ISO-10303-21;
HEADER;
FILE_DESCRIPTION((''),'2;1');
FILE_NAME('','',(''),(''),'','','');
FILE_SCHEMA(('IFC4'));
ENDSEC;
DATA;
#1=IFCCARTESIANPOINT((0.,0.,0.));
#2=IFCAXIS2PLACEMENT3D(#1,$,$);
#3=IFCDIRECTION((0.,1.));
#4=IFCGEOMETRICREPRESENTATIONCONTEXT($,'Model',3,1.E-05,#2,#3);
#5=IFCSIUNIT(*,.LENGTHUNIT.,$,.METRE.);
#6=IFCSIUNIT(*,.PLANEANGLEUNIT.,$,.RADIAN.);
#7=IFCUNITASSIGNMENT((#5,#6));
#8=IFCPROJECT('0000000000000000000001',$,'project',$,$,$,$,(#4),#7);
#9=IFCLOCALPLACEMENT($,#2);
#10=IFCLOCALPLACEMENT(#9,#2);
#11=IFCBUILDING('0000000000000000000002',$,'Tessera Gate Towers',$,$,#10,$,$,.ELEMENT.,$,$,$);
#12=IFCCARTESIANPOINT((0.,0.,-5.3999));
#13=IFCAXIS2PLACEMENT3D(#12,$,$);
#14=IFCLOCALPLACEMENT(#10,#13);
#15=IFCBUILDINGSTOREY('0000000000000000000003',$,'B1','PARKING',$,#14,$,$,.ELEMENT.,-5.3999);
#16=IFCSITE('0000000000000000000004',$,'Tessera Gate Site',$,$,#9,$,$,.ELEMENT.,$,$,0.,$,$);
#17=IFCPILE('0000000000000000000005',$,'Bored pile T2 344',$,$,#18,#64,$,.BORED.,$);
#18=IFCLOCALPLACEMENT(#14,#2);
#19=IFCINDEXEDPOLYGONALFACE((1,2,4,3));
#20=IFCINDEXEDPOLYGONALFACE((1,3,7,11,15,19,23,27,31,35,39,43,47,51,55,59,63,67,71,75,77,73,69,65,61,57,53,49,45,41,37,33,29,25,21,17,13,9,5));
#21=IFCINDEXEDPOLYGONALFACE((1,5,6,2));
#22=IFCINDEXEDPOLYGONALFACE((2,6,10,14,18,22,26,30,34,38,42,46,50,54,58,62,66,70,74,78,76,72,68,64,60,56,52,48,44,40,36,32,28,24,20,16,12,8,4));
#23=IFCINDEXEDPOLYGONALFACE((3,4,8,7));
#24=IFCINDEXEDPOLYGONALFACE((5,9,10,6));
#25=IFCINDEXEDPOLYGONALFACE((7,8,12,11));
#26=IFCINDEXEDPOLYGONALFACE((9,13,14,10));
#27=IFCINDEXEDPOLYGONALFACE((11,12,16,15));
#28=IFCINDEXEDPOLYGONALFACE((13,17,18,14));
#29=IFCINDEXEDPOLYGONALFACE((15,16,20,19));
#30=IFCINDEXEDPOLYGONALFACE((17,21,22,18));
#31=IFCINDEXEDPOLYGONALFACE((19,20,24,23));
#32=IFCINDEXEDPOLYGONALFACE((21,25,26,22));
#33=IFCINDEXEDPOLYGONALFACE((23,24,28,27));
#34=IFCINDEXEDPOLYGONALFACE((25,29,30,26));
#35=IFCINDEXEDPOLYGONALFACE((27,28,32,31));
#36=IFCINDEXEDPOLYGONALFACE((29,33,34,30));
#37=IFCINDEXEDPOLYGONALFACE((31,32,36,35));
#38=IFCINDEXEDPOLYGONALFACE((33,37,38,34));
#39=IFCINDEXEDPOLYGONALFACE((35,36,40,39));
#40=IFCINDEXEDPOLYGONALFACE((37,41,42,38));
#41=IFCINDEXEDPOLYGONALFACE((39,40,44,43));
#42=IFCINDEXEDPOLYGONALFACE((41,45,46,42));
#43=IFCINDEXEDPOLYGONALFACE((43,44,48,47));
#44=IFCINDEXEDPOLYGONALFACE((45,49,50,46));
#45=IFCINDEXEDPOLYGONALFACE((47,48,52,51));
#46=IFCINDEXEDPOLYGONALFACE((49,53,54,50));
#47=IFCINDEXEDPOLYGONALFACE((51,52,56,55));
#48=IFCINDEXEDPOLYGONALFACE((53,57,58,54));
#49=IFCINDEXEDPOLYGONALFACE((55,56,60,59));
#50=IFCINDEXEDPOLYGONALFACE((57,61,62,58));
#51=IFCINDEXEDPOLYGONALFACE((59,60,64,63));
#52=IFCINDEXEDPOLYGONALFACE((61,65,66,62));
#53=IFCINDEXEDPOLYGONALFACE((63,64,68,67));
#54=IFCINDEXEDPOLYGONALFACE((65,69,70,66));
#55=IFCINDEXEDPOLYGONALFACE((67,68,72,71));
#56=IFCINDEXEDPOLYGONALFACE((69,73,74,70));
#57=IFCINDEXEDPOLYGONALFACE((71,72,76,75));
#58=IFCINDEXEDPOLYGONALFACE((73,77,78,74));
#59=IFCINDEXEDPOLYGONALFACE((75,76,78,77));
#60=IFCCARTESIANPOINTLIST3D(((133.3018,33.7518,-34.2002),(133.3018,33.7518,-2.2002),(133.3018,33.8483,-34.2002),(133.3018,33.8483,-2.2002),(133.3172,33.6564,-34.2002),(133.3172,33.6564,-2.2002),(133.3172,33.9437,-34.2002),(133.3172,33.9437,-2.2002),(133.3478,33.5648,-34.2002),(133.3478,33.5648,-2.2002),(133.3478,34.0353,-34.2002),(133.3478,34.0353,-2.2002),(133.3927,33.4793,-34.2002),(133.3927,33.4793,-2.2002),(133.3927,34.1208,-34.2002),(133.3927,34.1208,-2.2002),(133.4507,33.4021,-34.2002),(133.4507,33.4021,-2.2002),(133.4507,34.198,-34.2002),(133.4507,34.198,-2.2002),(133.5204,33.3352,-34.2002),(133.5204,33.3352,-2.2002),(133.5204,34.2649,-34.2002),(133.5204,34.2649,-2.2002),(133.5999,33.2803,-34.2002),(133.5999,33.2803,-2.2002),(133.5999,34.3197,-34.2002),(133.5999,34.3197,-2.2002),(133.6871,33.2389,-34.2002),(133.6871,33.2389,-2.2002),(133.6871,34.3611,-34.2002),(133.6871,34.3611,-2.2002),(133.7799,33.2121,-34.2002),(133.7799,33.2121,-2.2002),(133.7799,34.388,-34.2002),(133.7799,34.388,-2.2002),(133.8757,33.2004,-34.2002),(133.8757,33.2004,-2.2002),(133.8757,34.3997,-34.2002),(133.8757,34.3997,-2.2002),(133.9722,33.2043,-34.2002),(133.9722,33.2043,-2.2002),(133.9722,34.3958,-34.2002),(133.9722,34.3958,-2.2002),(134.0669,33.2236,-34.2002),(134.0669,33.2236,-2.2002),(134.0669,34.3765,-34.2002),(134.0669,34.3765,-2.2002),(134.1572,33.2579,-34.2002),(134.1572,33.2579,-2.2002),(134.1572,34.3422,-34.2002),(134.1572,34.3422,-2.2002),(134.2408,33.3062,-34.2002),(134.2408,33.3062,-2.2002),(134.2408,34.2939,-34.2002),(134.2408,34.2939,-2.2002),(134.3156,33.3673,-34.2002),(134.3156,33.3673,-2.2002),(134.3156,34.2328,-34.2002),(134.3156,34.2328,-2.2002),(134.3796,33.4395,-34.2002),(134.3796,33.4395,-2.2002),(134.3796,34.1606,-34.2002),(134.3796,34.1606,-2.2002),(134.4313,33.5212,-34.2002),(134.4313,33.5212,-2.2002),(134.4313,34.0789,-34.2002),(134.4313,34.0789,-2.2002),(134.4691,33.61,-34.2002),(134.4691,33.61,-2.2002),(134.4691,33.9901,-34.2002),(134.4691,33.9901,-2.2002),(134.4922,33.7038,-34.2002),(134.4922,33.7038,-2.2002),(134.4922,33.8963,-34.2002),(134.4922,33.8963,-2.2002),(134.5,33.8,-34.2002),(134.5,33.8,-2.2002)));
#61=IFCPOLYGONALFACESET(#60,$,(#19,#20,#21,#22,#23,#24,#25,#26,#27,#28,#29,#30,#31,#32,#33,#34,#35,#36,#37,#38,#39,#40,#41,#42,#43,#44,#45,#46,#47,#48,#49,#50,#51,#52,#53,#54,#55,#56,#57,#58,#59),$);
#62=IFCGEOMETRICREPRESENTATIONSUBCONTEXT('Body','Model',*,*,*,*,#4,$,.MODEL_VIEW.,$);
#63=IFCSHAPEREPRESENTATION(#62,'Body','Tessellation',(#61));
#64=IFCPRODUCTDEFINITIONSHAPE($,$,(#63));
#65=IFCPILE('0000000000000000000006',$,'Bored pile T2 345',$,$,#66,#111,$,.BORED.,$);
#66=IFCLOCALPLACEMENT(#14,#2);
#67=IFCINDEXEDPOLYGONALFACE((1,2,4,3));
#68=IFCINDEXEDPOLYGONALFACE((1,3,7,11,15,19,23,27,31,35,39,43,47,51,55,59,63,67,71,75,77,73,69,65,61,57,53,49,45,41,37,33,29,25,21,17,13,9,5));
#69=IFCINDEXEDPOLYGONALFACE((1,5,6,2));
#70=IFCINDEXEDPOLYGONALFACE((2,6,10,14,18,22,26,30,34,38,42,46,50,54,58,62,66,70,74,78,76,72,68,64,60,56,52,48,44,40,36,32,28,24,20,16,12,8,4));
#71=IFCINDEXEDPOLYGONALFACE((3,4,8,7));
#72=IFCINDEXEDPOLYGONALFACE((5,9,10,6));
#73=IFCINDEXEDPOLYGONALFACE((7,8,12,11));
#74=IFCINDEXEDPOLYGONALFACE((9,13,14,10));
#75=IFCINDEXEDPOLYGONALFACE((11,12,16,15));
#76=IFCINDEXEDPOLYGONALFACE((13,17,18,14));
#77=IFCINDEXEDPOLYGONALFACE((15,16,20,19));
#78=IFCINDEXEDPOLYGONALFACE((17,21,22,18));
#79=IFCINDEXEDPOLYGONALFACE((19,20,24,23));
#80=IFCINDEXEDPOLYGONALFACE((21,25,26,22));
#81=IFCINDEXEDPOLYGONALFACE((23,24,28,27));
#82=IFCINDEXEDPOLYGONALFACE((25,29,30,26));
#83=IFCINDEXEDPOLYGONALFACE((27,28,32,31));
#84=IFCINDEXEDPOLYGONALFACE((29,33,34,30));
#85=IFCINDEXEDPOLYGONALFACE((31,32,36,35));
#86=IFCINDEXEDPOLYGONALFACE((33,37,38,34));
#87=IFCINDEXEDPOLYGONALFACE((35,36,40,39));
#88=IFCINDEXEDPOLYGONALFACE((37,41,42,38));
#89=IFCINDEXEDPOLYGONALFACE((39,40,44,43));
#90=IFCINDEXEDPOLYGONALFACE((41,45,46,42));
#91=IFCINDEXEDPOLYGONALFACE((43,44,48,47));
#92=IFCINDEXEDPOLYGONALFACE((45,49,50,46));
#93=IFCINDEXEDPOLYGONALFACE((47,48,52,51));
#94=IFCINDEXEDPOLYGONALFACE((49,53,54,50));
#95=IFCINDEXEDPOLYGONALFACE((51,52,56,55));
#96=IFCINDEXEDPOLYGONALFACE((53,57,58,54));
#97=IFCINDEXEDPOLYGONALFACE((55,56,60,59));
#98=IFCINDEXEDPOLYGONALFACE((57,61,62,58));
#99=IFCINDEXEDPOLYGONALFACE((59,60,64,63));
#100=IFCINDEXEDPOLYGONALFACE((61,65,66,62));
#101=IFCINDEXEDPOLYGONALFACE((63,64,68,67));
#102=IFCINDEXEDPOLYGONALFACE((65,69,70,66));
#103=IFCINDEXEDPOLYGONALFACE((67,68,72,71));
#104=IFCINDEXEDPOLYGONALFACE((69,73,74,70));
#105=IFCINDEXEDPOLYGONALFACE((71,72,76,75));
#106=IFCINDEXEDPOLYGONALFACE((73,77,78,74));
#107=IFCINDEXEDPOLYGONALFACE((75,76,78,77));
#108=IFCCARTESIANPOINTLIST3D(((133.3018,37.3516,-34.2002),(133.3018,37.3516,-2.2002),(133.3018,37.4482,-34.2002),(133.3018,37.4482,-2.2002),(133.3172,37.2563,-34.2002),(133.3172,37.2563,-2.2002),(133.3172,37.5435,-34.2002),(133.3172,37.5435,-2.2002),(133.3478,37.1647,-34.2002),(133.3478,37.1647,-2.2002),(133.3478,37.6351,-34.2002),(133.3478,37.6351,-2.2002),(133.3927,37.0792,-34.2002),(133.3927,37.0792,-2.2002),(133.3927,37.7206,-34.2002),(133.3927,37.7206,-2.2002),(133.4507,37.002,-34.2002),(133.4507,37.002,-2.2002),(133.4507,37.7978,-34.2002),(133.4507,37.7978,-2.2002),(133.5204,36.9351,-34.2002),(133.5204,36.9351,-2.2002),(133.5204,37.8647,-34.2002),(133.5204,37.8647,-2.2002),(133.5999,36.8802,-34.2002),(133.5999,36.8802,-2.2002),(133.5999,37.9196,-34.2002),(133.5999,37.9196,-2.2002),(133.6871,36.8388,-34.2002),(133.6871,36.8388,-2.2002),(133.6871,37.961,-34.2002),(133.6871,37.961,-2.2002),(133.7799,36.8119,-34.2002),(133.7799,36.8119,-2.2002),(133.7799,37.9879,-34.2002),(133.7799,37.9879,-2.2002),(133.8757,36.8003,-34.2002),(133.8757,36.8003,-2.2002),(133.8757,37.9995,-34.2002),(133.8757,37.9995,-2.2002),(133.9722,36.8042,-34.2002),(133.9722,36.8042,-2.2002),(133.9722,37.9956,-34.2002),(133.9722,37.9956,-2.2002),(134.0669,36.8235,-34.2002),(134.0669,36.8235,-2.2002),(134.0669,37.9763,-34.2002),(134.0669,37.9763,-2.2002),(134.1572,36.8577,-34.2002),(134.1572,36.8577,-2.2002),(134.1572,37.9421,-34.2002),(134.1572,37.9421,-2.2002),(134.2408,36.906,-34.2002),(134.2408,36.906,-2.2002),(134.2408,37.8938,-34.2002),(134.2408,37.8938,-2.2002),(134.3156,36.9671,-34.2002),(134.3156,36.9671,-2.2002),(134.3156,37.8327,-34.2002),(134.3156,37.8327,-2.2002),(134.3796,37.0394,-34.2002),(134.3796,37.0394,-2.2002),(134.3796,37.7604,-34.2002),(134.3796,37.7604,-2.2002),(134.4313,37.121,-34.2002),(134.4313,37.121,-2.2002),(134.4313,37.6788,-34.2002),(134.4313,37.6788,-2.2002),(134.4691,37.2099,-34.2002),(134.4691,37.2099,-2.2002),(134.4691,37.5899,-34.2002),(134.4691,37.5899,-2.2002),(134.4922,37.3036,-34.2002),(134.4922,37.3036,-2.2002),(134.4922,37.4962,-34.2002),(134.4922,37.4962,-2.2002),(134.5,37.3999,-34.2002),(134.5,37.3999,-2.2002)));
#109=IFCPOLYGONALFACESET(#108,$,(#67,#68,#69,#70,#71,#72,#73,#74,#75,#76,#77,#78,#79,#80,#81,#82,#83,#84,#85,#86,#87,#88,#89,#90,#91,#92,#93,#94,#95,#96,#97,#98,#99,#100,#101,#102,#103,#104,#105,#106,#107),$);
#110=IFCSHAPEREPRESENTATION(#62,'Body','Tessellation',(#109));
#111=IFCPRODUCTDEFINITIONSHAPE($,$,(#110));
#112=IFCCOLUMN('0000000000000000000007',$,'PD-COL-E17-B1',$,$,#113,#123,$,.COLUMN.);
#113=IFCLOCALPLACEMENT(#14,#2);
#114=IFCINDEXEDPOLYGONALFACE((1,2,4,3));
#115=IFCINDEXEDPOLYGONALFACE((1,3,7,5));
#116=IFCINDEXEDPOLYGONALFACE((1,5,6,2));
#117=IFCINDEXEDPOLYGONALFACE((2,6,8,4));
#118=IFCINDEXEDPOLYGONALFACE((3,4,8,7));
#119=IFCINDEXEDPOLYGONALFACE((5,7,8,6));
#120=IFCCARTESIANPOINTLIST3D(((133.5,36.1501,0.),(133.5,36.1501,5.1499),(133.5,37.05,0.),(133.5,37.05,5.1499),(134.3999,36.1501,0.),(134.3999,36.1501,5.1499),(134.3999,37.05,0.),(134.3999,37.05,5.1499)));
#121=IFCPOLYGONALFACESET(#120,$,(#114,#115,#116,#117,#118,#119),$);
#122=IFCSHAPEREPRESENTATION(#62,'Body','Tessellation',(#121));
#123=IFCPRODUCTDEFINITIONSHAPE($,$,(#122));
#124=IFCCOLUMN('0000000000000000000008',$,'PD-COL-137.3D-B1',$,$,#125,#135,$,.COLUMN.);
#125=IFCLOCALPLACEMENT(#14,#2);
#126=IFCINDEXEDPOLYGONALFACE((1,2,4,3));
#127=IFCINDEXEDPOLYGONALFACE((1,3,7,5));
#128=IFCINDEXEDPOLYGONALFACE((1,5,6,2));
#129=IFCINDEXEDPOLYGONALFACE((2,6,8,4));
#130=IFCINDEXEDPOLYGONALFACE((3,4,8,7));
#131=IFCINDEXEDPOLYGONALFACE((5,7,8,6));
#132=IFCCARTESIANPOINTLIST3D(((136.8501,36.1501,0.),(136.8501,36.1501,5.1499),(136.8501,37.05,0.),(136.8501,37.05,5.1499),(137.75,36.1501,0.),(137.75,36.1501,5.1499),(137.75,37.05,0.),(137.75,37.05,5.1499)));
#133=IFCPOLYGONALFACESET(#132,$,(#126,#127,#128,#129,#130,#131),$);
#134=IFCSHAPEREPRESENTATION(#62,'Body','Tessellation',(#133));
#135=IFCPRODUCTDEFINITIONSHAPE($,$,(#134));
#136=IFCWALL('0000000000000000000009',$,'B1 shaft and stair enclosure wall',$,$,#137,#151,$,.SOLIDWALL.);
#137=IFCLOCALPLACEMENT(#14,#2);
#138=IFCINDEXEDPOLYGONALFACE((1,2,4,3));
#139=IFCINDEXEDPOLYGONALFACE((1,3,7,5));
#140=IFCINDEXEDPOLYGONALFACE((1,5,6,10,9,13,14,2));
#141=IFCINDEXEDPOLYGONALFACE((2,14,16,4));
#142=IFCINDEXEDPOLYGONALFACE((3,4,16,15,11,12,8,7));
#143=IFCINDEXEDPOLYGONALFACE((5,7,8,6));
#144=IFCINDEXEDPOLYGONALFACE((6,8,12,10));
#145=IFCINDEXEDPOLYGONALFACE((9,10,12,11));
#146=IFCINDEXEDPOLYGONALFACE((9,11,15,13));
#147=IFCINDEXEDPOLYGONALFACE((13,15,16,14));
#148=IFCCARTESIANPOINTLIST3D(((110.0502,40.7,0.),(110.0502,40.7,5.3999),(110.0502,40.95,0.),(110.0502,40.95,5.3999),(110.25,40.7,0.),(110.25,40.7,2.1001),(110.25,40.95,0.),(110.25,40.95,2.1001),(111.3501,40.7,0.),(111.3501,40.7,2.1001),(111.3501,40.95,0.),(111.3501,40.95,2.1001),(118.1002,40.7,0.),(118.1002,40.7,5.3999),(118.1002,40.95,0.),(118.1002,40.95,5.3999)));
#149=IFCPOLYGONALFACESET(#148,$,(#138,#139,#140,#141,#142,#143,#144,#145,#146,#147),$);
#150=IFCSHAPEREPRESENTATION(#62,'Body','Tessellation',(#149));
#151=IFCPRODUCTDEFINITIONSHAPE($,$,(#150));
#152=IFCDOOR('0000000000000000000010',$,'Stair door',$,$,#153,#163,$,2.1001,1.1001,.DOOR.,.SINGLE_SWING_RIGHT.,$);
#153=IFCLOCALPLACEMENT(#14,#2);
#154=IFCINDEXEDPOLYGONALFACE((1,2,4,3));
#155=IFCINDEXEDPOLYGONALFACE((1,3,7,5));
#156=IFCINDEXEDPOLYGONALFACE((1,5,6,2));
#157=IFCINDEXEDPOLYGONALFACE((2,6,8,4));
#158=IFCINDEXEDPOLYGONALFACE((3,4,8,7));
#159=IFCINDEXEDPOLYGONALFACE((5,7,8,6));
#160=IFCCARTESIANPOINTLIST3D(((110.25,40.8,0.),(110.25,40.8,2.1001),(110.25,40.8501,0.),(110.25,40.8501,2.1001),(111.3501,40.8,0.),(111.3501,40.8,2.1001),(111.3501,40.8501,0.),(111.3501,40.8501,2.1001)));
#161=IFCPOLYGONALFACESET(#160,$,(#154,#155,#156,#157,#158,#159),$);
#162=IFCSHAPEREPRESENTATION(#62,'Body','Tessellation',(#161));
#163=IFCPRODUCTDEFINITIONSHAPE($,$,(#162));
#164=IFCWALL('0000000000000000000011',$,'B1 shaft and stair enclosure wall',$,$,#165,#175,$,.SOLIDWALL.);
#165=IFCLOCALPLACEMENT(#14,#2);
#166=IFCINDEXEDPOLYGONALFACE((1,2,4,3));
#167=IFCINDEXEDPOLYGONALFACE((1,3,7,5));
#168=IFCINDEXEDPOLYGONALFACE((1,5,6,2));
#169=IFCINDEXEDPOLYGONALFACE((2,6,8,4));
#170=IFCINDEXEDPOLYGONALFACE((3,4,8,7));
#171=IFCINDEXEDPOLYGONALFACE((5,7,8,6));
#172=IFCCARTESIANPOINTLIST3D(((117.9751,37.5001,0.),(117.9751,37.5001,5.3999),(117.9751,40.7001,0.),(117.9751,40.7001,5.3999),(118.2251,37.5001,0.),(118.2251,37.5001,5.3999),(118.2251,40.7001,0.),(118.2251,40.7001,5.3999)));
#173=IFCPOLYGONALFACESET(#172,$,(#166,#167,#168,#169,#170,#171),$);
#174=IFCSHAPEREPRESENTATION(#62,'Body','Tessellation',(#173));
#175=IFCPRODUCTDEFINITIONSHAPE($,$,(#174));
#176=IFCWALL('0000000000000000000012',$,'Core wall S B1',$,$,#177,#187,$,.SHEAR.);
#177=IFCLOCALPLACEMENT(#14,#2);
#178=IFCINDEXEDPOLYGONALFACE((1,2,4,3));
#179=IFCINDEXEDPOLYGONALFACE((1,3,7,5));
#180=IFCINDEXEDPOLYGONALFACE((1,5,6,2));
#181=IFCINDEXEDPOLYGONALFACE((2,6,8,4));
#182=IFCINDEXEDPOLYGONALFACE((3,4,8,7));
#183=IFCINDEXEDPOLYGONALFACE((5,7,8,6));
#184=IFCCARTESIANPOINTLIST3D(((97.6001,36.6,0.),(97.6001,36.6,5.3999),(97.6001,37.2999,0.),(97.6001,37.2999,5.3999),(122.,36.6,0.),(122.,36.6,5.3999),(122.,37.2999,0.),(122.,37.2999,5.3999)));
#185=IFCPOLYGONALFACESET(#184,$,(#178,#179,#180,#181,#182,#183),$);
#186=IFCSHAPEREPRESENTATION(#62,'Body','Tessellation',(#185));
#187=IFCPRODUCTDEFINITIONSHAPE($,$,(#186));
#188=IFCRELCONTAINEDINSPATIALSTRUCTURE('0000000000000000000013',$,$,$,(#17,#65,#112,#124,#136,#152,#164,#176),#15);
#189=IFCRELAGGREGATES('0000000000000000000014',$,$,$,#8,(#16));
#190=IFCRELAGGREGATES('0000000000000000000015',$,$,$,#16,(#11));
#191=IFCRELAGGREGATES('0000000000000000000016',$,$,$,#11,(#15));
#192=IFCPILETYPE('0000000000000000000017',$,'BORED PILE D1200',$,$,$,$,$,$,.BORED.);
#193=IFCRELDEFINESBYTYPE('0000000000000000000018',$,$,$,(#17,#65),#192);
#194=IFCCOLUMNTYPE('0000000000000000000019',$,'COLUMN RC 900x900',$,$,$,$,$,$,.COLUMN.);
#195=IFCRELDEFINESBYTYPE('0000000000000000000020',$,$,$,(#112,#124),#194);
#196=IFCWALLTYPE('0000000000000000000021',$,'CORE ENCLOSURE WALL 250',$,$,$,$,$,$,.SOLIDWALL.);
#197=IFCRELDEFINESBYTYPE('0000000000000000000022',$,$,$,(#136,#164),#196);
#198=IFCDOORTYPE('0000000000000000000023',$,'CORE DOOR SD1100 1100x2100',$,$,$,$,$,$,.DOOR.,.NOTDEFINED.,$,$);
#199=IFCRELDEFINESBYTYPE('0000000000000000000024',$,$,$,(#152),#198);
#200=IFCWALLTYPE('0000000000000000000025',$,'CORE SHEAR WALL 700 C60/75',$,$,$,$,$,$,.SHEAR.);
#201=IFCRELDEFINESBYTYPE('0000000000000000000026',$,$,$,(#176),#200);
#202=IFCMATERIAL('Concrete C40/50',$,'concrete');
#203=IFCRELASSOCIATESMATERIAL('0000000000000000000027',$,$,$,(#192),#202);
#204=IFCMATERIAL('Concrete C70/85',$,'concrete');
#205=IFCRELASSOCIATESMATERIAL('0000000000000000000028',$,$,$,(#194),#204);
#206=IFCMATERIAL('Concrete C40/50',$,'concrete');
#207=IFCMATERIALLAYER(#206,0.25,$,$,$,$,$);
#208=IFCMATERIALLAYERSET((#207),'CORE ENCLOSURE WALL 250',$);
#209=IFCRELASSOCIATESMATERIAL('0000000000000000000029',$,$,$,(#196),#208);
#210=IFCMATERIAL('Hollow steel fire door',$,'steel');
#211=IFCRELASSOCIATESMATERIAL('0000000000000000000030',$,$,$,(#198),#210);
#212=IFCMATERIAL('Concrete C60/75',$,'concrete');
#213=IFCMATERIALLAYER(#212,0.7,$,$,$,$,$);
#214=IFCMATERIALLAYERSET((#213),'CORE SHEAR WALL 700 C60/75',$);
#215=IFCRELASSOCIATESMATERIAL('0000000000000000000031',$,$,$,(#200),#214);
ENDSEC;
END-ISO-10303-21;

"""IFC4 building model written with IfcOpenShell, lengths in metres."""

from ifc_helpers import new_model, si_unit, direction, frame, frame_2d, origin, origin_2d, place, context, subcontext, project, spatial, rectangle, circle, extrude, source, transform, mapped, material, layer, layer_set, material_profile, profile_set, type_object, element, fill, save


model = new_model("IFC4")

# Units and contexts
model_context = context("Model", 3, precision=1e-05, world=origin(), true_north=direction((0.0, 1.0)))
body_context = subcontext(model_context, "Body", "Model", "MODEL_VIEW")
ifc_project = project(units=[si_unit("LENGTHUNIT", "METRE"), si_unit("PLANEANGLEUNIT", "RADIAN")], contexts=[model_context])

# Site, building, storey
site_placement = place(None, origin())
site = spatial("IfcSite", under=ifc_project, at=site_placement, Name="Tessera Gate Site", CompositionType="ELEMENT", RefElevation=0.0)
building_placement = place(site_placement, origin())
building = spatial("IfcBuilding", under=site, at=building_placement, Name="Tessera Gate Towers", CompositionType="ELEMENT")
storey_placement = place(building_placement, frame((0.0, 0.0, -5.3999)))
storey = spatial("IfcBuildingStorey", under=building, at=storey_placement, Name="B1", Description="PARKING", CompositionType="ELEMENT", Elevation=-5.3999)

# Piles
ifc_material_1 = material(Name="Concrete C40/50", Category="concrete")
ifc_material_profile_1 = material_profile(ifc_material_1, circle(Radius=0.6001, at=origin_2d()), Name="BORED PILE D1200")
ifc_profile_set_1 = profile_set([ifc_material_profile_1], Name="Concrete C40/50")
pile_type = type_object("IfcPileType", Name="BORED PILE D1200", PredefinedType="BORED", material=ifc_profile_set_1)
for number, where, z_axis, x_axis, name in (
    (1, (133.8999, 33.8, -2.2002), (0.0, 0.0, -1.0), (1.0, 0.0, 0.0), "Bored pile T2 344"),
    (2, (133.8999, 37.3999, -2.2002), (0.0, 0.0, -1.0), (1.0, 0.0, 0.0), "Bored pile T2 345"),
):
    element("IfcPile", number, at=place(storey_placement, frame(where, z_axis=z_axis, x_axis=x_axis)), inside=storey, type_object=pile_type, Name=name, PredefinedType="BORED", context=body_context, shape_type="SweptSolid", body=[
        extrude(circle(Radius=0.6001, at=origin_2d()), origin(), (0.0, 0.0, 1.0), 32.0),
    ])

# Columns
ifc_material_2 = material(Name="Concrete C70/85", Category="concrete")
ifc_material_profile_2 = material_profile(ifc_material_2, rectangle(XDim=0.8999, YDim=0.8999, at=origin_2d()), Name="RC 900x900")
ifc_profile_set_2 = profile_set([ifc_material_profile_2], Name="Concrete C70/85")
column_type = type_object("IfcColumnType", Name="COLUMN RC 900x900", PredefinedType="COLUMN", material=ifc_profile_set_2)
for number, where, z_axis, x_axis, name in (
    (3, (133.95, 36.6001, 0.0), (0.0, 0.0, 1.0), (1.0, 0.0, 0.0), "PD-COL-E17-B1"),
    (4, (137.3, 36.6001, 0.0), (0.0, 0.0, 1.0), (1.0, 0.0, 0.0), "PD-COL-137.3D-B1"),
):
    element("IfcColumn", number, at=place(storey_placement, frame(where, z_axis=z_axis, x_axis=x_axis)), inside=storey, type_object=column_type, Name=name, PredefinedType="COLUMN", context=body_context, shape_type="SweptSolid", body=[
        extrude(rectangle(XDim=0.8999, YDim=0.8999, at=origin_2d()), origin(), (0.0, 0.0, 1.0), 5.1499),
    ])

# Wall, opening, door
ifc_material_3 = material(Name="Concrete C40/50", Category="concrete")
ifc_layer_1 = layer(ifc_material_3, 0.25)
ifc_layer_set_1 = layer_set([ifc_layer_1], Name="CORE ENCLOSURE WALL 250")
wall_type_1 = type_object("IfcWallType", Name="CORE ENCLOSURE WALL 250", PredefinedType="SOLIDWALL", material=ifc_layer_set_1)
wall_1_placement = place(storey_placement, frame((118.1001, 40.825, 0.0), z_axis=(0.0, 0.0, 1.0), x_axis=(-1.0, 0.0, 0.0)))
wall_1 = element("IfcWall", 5, at=wall_1_placement, inside=storey, type_object=wall_type_1, Name="B1 shaft and stair enclosure wall", PredefinedType="SOLIDWALL", context=body_context, shape_type="SweptSolid", body=[
    extrude(rectangle(XDim=8.05, YDim=0.25, at=frame_2d((4.0249, 0.0))), origin(), (0.0, 0.0, 1.0), 5.3999),
])
shared_shape_1 = source(origin(), body_context, "Body", "SweptSolid", [
    extrude(rectangle(XDim=1.1001, YDim=2.1001, at=frame_2d((0.55, 1.05))), frame((0.0, 0.135, 0.0), z_axis=(0.0, -1.0, 0.0), x_axis=(1.0, 0.0, 0.0)), (0.0, 0.0, 1.0), 0.27),
])
opening_1_placement = place(wall_1_placement, frame((6.75, 0.0, 0.0)))
opening_1 = element("IfcOpeningElement", 6, at=opening_1_placement, cuts=wall_1, PredefinedType="OPENING", context=body_context, shape_type="MappedRepresentation", body=[
    mapped(shared_shape_1, transform((0.0, 0.0, 0.0), scale=1.0)),
])
ifc_material_4 = material(Name="Hollow steel fire door", Category="steel")
door_type_1 = type_object("IfcDoorType", Name="CORE DOOR SD1100 1100x2100", OperationType="NOTDEFINED", PredefinedType="DOOR", material=ifc_material_4)
shared_shape_2 = source(origin(), body_context, "Body", "SweptSolid", [
    extrude(rectangle(XDim=1.1001, YDim=2.1001, at=frame_2d((0.55, 1.05))), frame((0.0, 0.0249, 0.0), z_axis=(0.0, -1.0, 0.0), x_axis=(1.0, 0.0, 0.0)), (0.0, 0.0, 1.0), 0.05),
])
door_1_placement = place(opening_1_placement, origin())
door_1 = element("IfcDoor", 7, at=door_1_placement, inside=storey, type_object=door_type_1, Name="Stair door", OperationType="SINGLE_SWING_RIGHT", OverallHeight=2.1001, OverallWidth=1.1001, PredefinedType="DOOR", context=body_context, shape_type="MappedRepresentation", body=[
    mapped(shared_shape_2, transform((0.0, 0.0, 0.0), scale=1.0)),
])
fill(opening_1, door_1)

# Walls
wall_2_placement = place(storey_placement, frame((118.1001, 37.5, 0.0), z_axis=(0.0, 0.0, 1.0), x_axis=(0.0, 1.0, 0.0)))
element("IfcWall", 8, at=wall_2_placement, inside=storey, type_object=wall_type_1, Name="B1 shaft and stair enclosure wall", PredefinedType="SOLIDWALL", context=body_context, shape_type="SweptSolid", body=[
    extrude(rectangle(XDim=3.2, YDim=0.25, at=frame_2d((1.6001, 0.0))), origin(), (0.0, 0.0, 1.0), 5.3999),
])
ifc_material_5 = material(Name="Concrete C60/75", Category="concrete")
ifc_layer_2 = layer(ifc_material_5, 0.7)
ifc_layer_set_2 = layer_set([ifc_layer_2], Name="CORE SHEAR WALL 700 C60/75")
wall_type_2 = type_object("IfcWallType", Name="CORE SHEAR WALL 700 C60/75", PredefinedType="SHEAR", material=ifc_layer_set_2)
wall_3_placement = place(storey_placement, frame((122.0, 36.95, 0.0), z_axis=(0.0, 0.0, 1.0), x_axis=(-1.0, 0.0, 0.0)))
element("IfcWall", 9, at=wall_3_placement, inside=storey, type_object=wall_type_2, Name="Core wall S B1", PredefinedType="SHEAR", context=body_context, shape_type="SweptSolid", body=[
    extrude(rectangle(XDim=24.3999, YDim=0.7, at=frame_2d((12.2, 0.0))), origin(), (0.0, 0.0, 1.0), 5.3999),
])

save(model, "model.ifc")
